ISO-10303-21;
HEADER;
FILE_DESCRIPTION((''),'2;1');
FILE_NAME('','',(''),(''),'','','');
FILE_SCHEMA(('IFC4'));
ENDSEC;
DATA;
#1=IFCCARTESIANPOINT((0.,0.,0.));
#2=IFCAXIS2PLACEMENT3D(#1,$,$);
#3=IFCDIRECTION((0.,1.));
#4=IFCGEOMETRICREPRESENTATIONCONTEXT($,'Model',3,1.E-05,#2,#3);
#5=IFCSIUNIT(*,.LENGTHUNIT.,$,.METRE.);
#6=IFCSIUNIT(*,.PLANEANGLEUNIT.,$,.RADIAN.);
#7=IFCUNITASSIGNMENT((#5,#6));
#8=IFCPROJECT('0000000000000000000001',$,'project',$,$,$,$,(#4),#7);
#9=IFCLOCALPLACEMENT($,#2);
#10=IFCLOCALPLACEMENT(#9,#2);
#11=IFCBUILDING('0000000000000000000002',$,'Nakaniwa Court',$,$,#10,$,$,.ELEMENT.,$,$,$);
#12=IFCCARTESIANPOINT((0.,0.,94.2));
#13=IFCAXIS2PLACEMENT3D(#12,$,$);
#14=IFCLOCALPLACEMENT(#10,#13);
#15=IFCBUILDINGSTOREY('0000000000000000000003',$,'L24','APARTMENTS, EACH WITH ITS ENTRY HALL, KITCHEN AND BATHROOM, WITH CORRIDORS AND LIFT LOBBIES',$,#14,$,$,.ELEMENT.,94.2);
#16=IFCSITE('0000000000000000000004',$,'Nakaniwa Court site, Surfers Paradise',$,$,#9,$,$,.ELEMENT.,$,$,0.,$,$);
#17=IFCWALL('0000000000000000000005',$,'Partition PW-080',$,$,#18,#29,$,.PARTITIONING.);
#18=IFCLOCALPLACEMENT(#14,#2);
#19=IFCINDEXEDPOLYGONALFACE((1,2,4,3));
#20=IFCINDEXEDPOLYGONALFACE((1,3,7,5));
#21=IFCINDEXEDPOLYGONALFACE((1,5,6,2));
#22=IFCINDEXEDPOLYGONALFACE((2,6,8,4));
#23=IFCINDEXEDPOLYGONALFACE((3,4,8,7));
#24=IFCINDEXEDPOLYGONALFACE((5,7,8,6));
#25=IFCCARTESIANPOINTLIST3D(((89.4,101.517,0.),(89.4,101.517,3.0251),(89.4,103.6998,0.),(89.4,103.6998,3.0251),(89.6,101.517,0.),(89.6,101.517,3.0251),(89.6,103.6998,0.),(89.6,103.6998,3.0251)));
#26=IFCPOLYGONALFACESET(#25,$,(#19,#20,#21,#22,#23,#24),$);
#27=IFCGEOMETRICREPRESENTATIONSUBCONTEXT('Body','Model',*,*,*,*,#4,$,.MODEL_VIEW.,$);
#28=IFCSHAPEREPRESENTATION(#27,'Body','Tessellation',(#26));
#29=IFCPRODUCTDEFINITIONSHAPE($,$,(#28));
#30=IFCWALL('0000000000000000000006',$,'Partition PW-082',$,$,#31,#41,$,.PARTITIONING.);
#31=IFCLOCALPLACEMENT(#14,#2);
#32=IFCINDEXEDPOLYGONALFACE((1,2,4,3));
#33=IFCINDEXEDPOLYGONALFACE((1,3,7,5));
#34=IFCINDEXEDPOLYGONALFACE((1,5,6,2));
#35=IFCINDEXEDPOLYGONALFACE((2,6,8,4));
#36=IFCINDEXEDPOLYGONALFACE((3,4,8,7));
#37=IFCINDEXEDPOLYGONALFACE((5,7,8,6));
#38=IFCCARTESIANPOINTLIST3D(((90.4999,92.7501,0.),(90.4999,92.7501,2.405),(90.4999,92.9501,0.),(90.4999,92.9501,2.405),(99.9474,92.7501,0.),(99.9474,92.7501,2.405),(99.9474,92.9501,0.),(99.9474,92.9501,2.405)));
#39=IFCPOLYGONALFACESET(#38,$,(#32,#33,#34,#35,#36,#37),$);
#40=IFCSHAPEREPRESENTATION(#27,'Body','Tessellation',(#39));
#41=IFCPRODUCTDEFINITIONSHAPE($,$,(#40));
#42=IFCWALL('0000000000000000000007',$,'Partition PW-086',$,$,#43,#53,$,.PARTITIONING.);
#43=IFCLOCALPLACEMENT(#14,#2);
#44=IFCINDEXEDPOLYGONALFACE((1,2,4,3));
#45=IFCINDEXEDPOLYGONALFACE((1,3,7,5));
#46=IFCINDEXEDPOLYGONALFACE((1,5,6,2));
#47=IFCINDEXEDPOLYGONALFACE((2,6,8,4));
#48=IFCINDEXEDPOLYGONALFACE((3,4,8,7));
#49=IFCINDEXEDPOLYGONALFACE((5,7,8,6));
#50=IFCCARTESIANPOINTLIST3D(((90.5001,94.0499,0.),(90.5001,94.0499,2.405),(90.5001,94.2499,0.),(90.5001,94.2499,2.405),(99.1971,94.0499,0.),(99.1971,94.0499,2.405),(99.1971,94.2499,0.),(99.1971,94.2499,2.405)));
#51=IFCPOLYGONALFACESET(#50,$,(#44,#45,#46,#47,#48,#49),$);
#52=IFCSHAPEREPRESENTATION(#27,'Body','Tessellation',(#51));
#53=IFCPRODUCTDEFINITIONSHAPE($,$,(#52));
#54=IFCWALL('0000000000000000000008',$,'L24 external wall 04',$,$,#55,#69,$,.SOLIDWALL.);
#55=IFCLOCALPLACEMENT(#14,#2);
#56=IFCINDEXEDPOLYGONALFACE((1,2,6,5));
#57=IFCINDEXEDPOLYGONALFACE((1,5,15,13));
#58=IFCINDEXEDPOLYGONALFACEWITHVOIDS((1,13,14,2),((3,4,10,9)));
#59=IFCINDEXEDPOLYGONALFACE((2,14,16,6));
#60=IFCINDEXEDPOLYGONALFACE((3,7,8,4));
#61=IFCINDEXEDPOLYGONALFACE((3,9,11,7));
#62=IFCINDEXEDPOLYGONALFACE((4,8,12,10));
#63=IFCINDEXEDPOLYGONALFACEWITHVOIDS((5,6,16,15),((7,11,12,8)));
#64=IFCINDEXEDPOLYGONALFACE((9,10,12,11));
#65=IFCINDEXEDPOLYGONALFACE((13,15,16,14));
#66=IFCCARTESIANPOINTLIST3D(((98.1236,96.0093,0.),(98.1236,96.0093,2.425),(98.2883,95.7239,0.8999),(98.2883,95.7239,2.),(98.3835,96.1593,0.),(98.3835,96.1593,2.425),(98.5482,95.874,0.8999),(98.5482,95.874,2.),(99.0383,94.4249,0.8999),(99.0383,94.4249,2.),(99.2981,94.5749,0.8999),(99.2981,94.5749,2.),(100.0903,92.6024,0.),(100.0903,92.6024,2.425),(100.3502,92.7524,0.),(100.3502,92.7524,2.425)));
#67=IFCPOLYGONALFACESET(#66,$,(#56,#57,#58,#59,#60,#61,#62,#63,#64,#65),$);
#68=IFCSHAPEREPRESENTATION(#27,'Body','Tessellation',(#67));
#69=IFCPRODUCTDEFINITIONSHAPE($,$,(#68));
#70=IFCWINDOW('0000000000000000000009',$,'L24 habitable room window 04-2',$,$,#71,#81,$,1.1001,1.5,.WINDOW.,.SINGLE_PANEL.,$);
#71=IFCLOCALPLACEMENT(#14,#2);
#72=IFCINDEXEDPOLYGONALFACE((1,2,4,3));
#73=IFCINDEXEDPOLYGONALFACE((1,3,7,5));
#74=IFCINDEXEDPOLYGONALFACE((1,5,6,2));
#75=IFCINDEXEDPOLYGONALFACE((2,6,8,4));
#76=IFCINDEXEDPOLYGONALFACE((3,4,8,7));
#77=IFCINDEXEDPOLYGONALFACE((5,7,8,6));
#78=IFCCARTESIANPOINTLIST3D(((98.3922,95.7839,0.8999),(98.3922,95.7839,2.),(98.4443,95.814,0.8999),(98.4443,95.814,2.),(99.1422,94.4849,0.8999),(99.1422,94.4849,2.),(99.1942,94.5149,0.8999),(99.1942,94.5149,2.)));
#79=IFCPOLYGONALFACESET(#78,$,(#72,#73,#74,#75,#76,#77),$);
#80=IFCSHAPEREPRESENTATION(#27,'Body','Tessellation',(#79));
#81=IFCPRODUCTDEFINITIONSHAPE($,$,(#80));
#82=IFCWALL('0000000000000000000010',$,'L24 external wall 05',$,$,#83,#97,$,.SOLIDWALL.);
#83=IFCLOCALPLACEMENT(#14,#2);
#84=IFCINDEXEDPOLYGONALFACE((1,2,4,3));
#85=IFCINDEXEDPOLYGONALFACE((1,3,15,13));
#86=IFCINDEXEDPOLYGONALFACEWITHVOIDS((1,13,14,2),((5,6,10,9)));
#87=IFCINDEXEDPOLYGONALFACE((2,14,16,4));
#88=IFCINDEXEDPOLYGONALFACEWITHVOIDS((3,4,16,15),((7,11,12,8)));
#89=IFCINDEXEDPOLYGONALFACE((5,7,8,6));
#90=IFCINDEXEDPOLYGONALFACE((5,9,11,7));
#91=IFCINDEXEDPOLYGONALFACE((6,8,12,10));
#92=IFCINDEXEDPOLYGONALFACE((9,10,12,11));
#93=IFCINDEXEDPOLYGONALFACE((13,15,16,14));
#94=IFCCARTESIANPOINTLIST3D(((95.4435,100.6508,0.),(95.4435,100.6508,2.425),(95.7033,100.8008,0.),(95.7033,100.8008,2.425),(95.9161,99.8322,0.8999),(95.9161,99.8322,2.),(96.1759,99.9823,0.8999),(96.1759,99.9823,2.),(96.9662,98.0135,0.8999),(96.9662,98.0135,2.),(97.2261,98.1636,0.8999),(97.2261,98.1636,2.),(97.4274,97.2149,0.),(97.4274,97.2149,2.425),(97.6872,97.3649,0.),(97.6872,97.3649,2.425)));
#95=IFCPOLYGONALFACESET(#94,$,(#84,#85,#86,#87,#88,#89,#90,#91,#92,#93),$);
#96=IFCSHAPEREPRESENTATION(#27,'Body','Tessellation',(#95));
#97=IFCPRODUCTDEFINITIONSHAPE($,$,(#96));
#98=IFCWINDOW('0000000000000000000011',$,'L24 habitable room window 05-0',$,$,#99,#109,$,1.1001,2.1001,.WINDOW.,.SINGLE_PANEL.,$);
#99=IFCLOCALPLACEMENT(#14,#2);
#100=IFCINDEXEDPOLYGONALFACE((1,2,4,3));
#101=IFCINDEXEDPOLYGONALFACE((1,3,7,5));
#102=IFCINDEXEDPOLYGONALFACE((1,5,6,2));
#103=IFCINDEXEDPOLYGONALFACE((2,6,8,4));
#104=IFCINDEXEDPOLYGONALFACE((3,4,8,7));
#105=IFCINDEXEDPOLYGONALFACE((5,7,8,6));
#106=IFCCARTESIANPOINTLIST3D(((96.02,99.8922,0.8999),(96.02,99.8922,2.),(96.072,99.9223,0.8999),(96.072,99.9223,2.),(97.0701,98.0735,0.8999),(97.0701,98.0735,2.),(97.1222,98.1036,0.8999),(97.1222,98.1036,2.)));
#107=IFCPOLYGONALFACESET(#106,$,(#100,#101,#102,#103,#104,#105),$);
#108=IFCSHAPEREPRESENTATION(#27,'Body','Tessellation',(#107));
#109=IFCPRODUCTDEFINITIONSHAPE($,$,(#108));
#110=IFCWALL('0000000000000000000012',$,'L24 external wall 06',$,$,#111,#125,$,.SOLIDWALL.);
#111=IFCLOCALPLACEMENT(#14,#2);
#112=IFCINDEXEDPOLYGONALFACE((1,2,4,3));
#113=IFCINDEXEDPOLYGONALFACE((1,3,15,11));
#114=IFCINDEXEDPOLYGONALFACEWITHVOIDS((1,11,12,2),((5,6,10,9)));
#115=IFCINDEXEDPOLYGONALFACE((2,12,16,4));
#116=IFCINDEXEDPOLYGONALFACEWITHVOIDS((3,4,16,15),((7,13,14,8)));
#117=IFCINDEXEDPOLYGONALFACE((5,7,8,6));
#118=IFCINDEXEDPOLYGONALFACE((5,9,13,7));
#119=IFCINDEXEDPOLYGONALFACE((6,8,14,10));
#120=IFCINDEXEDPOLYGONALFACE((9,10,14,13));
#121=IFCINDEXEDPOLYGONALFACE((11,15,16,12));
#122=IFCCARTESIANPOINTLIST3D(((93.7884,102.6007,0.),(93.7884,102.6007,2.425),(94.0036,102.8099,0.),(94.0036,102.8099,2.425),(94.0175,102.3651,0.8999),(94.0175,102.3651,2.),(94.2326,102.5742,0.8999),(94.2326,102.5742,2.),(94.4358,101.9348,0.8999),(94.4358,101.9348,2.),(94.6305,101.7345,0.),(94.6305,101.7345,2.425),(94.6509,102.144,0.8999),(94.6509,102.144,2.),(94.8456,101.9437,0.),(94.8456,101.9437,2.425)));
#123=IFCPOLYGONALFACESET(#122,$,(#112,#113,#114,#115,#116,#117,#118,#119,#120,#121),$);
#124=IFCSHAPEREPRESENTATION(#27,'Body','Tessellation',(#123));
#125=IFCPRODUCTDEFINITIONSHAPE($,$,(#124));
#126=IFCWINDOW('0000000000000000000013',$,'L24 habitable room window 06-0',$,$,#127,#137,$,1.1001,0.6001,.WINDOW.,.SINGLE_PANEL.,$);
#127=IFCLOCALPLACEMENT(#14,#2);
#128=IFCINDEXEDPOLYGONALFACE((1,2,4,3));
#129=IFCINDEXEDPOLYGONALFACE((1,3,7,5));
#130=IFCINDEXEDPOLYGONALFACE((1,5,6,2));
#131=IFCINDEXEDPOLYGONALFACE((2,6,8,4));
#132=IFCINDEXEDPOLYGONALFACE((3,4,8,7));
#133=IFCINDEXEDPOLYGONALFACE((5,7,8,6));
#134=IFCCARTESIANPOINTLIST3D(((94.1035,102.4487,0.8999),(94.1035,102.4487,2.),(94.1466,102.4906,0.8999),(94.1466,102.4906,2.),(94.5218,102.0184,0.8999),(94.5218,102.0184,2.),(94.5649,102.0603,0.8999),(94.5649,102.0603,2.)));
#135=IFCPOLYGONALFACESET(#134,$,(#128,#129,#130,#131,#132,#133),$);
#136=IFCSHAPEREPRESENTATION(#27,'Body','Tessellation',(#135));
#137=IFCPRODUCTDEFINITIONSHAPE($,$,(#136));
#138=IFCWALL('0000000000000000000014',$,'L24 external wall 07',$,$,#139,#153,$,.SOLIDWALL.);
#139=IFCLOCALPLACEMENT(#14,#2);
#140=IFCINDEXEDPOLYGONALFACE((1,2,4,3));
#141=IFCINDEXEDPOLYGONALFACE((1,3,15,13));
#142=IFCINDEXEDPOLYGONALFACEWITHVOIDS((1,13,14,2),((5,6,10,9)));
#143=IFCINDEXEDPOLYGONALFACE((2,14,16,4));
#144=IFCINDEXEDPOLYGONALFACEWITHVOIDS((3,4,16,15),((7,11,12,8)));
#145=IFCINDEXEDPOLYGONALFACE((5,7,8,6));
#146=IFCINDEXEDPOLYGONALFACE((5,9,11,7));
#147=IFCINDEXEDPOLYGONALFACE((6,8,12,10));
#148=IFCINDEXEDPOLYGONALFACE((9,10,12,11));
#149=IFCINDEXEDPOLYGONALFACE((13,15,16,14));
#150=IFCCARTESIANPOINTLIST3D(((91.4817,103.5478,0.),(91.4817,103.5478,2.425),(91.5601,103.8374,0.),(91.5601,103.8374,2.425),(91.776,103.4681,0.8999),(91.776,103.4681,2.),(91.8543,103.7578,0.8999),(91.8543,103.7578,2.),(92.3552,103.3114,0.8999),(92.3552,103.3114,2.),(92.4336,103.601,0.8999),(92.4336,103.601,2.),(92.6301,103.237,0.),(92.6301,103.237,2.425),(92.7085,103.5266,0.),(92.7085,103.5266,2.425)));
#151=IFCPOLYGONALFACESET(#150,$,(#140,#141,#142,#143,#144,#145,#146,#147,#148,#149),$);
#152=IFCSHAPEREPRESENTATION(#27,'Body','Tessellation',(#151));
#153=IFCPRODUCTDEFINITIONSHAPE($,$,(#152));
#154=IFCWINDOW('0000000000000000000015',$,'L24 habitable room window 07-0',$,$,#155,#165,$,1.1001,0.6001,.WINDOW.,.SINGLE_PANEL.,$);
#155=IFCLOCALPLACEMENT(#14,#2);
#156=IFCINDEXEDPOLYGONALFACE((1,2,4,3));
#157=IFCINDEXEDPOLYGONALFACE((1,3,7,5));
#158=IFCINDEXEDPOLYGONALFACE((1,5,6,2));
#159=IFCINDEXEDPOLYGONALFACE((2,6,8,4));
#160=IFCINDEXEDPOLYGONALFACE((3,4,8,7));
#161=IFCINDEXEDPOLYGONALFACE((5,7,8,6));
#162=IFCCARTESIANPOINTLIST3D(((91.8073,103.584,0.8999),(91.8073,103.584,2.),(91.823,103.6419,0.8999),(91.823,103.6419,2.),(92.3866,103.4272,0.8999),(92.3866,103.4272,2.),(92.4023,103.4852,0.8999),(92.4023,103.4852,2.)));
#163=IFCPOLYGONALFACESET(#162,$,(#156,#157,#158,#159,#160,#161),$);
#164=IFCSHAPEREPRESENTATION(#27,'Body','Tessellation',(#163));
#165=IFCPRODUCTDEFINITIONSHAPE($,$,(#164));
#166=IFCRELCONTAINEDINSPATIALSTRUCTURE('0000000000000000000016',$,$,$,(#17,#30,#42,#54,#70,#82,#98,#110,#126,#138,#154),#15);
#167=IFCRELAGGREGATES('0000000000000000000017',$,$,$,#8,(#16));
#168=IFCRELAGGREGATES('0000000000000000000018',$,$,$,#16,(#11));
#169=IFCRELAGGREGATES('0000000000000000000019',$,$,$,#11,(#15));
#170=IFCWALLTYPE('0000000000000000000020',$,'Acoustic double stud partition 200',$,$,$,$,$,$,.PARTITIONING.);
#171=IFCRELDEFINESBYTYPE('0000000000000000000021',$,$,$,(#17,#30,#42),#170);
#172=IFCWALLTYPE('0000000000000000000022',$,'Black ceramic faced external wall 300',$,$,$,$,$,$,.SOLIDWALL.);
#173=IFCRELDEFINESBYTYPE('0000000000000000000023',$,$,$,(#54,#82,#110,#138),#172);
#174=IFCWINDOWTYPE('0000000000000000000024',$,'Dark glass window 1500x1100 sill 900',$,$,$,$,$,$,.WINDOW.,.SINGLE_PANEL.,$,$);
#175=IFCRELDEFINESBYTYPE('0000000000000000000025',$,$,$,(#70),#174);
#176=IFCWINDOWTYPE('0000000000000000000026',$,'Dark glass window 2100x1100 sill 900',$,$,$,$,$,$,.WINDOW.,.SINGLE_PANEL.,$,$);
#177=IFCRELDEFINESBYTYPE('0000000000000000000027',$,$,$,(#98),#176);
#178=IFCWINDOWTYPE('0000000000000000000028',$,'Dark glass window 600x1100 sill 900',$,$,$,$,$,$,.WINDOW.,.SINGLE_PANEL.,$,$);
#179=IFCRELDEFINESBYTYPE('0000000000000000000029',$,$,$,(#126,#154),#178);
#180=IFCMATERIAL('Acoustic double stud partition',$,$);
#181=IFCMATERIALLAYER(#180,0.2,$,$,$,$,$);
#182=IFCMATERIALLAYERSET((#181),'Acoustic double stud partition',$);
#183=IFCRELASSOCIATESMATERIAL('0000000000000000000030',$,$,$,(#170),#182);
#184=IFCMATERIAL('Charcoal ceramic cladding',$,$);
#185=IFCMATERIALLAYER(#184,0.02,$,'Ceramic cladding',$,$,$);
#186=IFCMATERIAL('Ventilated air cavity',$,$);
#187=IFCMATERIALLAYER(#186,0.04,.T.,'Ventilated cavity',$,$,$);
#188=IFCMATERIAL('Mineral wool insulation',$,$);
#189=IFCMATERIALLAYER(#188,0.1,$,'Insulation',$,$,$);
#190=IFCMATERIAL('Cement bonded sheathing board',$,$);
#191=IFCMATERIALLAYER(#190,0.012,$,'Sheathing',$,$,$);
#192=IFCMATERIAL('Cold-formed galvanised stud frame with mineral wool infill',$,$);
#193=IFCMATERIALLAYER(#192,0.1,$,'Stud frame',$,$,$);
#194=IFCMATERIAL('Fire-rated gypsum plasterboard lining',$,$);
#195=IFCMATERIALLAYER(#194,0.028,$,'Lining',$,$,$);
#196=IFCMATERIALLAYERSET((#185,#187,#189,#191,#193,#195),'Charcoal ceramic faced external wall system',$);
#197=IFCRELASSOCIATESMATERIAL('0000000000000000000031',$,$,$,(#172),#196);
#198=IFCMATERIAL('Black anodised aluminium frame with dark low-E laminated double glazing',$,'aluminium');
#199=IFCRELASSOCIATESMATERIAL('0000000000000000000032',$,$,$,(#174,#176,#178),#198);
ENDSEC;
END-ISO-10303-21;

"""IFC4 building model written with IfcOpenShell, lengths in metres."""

from ifc_helpers import new_model, si_unit, direction, frame, frame_2d, origin, place, context, subcontext, project, spatial, rectangle, extrude, material, layer, layer_set, type_object, element, fill, save


model = new_model("IFC4")

# Units and contexts
model_context = context("Model", 3, precision=1e-05, world=origin(), true_north=direction((0.0, 1.0)))
body_context = subcontext(model_context, "Body", "Model", "MODEL_VIEW")
ifc_project = project(units=[si_unit("LENGTHUNIT", "METRE"), si_unit("PLANEANGLEUNIT", "RADIAN")], contexts=[model_context])

# Site, building, storey
site_placement = place(None, origin())
site = spatial("IfcSite", under=ifc_project, at=site_placement, Name="Nakaniwa Court site, Surfers Paradise", CompositionType="ELEMENT", RefElevation=0.0)
building_placement = place(site_placement, origin())
building = spatial("IfcBuilding", under=site, at=building_placement, Name="Nakaniwa Court", CompositionType="ELEMENT")
storey_placement = place(building_placement, frame((0.0, 0.0, 94.2)))
storey = spatial("IfcBuildingStorey", under=building, at=storey_placement, Name="L24", Description="APARTMENTS, EACH WITH ITS ENTRY HALL, KITCHEN AND BATHROOM, WITH CORRIDORS AND LIFT LOBBIES", CompositionType="ELEMENT", Elevation=94.2)

# Shared definitions
ifc_material_1 = material(Name="Acoustic double stud partition")
ifc_layer_1 = layer(ifc_material_1, 0.2)
ifc_layer_set_1 = layer_set([ifc_layer_1], Name="Acoustic double stud partition")
wall_type_1 = type_object("IfcWallType", Name="Acoustic double stud partition 200", PredefinedType="PARTITIONING", material=ifc_layer_set_1)

# Walls
wall_1_placement = place(storey_placement, frame((89.5, 101.5171, 0.0), z_axis=(0.0, 0.0, 1.0), x_axis=(0.0, 1.0, 0.0)))
element("IfcWall", 1, at=wall_1_placement, inside=storey, type_object=wall_type_1, Name="Partition PW-080", PredefinedType="PARTITIONING", context=body_context, shape_type="SweptSolid", body=[
    extrude(rectangle(XDim=2.1829, YDim=0.2, at=frame_2d((1.0913, 0.0))), origin(), (0.0, 0.0, 1.0), 3.0251),
])
wall_2_placement = place(storey_placement, frame((90.5, 92.8501, 0.0), z_axis=(0.0, 0.0, 1.0), x_axis=(1.0, 0.0, 0.0)))
element("IfcWall", 2, at=wall_2_placement, inside=storey, type_object=wall_type_1, Name="Partition PW-082", PredefinedType="PARTITIONING", context=body_context, shape_type="SweptSolid", body=[
    extrude(rectangle(XDim=9.4475, YDim=0.2, at=frame_2d((4.7236, 0.0))), origin(), (0.0, 0.0, 1.0), 2.405),
])
wall_3_placement = place(storey_placement, frame((90.5, 94.1499, 0.0), z_axis=(0.0, 0.0, 1.0), x_axis=(1.0, 0.0, 0.0)))
element("IfcWall", 3, at=wall_3_placement, inside=storey, type_object=wall_type_1, Name="Partition PW-086", PredefinedType="PARTITIONING", context=body_context, shape_type="SweptSolid", body=[
    extrude(rectangle(XDim=8.697, YDim=0.2, at=frame_2d((4.3486, 0.0))), origin(), (0.0, 0.0, 1.0), 2.405),
])

# Walls, openings, windows
ifc_material_2 = material(Name="Charcoal ceramic cladding")
ifc_layer_2 = layer(ifc_material_2, 0.02, Name="Ceramic cladding")
ifc_material_3 = material(Name="Ventilated air cavity")
ifc_layer_3 = layer(ifc_material_3, 0.04, ventilated=True, Name="Ventilated cavity")
ifc_material_4 = material(Name="Mineral wool insulation")
ifc_layer_4 = layer(ifc_material_4, 0.1, Name="Insulation")
ifc_material_5 = material(Name="Cement bonded sheathing board")
ifc_layer_5 = layer(ifc_material_5, 0.012, Name="Sheathing")
ifc_material_6 = material(Name="Cold-formed galvanised stud frame with mineral wool infill")
ifc_layer_6 = layer(ifc_material_6, 0.1, Name="Stud frame")
ifc_material_7 = material(Name="Fire-rated gypsum plasterboard lining")
ifc_layer_7 = layer(ifc_material_7, 0.028, Name="Lining")
ifc_layer_set_2 = layer_set([ifc_layer_2, ifc_layer_3, ifc_layer_4, ifc_layer_5, ifc_layer_6, ifc_layer_7], Name="Charcoal ceramic faced external wall system")
wall_type_2 = type_object("IfcWallType", Name="Black ceramic faced external wall 300", PredefinedType="SOLIDWALL", material=ifc_layer_set_2)
wall_4_placement = place(storey_placement, frame((100.2202, 92.6775, 0.0), z_axis=(0.0, 0.0, 1.0), x_axis=(-0.499957, 0.86605, 0.0)))
wall_4 = element("IfcWall", 4, at=wall_4_placement, inside=storey, type_object=wall_type_2, Name="L24 external wall 04", PredefinedType="SOLIDWALL", context=body_context, shape_type="SweptSolid", body=[
    extrude(rectangle(XDim=3.9338, YDim=0.3, at=frame_2d((1.9668, 0.0))), origin(), (0.0, 0.0, 1.0), 2.425),
])
opening_1_placement = place(wall_4_placement, frame((2.1042, 0.0, 0.8999)))
opening_1 = element("IfcOpeningElement", 5, at=opening_1_placement, cuts=wall_4, PredefinedType="OPENING", context=body_context, shape_type="SweptSolid", body=[
    extrude(rectangle(XDim=1.5, YDim=1.1001, at=frame_2d((0.75, 0.55))), frame((0.0, 0.1599, 0.0), z_axis=(0.0, -1.0, 0.0), x_axis=(1.0, 0.0, 0.0)), (0.0, 0.0, 1.0), 0.3201),
])
ifc_material_8 = material(Name="Black anodised aluminium frame with dark low-E laminated double glazing", Category="aluminium")
window_type_1 = type_object("IfcWindowType", Name="Dark glass window 1500x1100 sill 900", PartitioningType="SINGLE_PANEL", PredefinedType="WINDOW", material=ifc_material_8)
window_1_placement = place(opening_1_placement, origin())
window_1 = element("IfcWindow", 6, at=window_1_placement, inside=storey, type_object=window_type_1, Name="L24 habitable room window 04-2", OverallHeight=1.1001, OverallWidth=1.5, PartitioningType="SINGLE_PANEL", PredefinedType="WINDOW", context=body_context, shape_type="SweptSolid", body=[
    extrude(rectangle(XDim=1.5, YDim=1.1001, at=frame_2d((0.75, 0.55))), frame((0.0, 0.03, 0.0), z_axis=(0.0, -1.0, 0.0), x_axis=(1.0, 0.0, 0.0)), (0.0, 0.0, 1.0), 0.0601),
])
fill(opening_1, window_1)
wall_5_placement = place(storey_placement, frame((97.5574, 97.2898, 0.0), z_axis=(0.0, 0.0, 1.0), x_axis=(-0.500044, 0.866, 0.0)))
wall_5 = element("IfcWall", 7, at=wall_5_placement, inside=storey, type_object=wall_type_2, Name="L24 external wall 05", PredefinedType="SOLIDWALL", context=body_context, shape_type="SweptSolid", body=[
    extrude(rectangle(XDim=3.9675, YDim=0.3, at=frame_2d((1.9839, 0.0))), origin(), (0.0, 0.0, 1.0), 2.425),
])
opening_2_placement = place(wall_5_placement, frame((0.9224, 0.0, 0.8999)))
opening_2 = element("IfcOpeningElement", 8, at=opening_2_placement, cuts=wall_5, PredefinedType="OPENING", context=body_context, shape_type="SweptSolid", body=[
    extrude(rectangle(XDim=2.1001, YDim=1.1001, at=frame_2d((1.05, 0.55))), frame((0.0, 0.1599, 0.0), z_axis=(0.0, -1.0, 0.0), x_axis=(1.0, 0.0, 0.0)), (0.0, 0.0, 1.0), 0.3201),
])
window_type_2 = type_object("IfcWindowType", Name="Dark glass window 2100x1100 sill 900", PartitioningType="SINGLE_PANEL", PredefinedType="WINDOW", material=ifc_material_8)
window_2_placement = place(opening_2_placement, origin())
window_2 = element("IfcWindow", 9, at=window_2_placement, inside=storey, type_object=window_type_2, Name="L24 habitable room window 05-0", OverallHeight=1.1001, OverallWidth=2.1001, PartitioningType="SINGLE_PANEL", PredefinedType="WINDOW", context=body_context, shape_type="SweptSolid", body=[
    extrude(rectangle(XDim=2.1001, YDim=1.1001, at=frame_2d((1.05, 0.55))), frame((0.0, 0.03, 0.0), z_axis=(0.0, -1.0, 0.0), x_axis=(1.0, 0.0, 0.0)), (0.0, 0.0, 1.0), 0.0601),
])
fill(opening_2, window_2)
wall_6_placement = place(storey_placement, frame((94.738, 101.8391, 0.0), z_axis=(0.0, 0.0, 1.0), x_axis=(-0.697032, 0.71704, 0.0)))
wall_6 = element("IfcWall", 10, at=wall_6_placement, inside=storey, type_object=wall_type_2, Name="L24 external wall 06", PredefinedType="SOLIDWALL", context=body_context, shape_type="SweptSolid", body=[
    extrude(rectangle(XDim=1.208, YDim=0.3, at=frame_2d((0.604, 0.0))), origin(), (0.0, 0.0, 1.0), 2.425),
])
opening_3_placement = place(wall_6_placement, frame((0.2793, 0.0, 0.8999)))
opening_3 = element("IfcOpeningElement", 11, at=opening_3_placement, cuts=wall_6, PredefinedType="OPENING", context=body_context, shape_type="SweptSolid", body=[
    extrude(rectangle(XDim=0.6001, YDim=1.1001, at=frame_2d((0.3, 0.55))), frame((0.0, 0.1599, 0.0), z_axis=(0.0, -1.0, 0.0), x_axis=(1.0, 0.0, 0.0)), (0.0, 0.0, 1.0), 0.3201),
])
window_type_3 = type_object("IfcWindowType", Name="Dark glass window 600x1100 sill 900", PartitioningType="SINGLE_PANEL", PredefinedType="WINDOW", material=ifc_material_8)
window_3_placement = place(opening_3_placement, origin())
window_3 = element("IfcWindow", 12, at=window_3_placement, inside=storey, type_object=window_type_3, Name="L24 habitable room window 06-0", OverallHeight=1.1001, OverallWidth=0.6001, PartitioningType="SINGLE_PANEL", PredefinedType="WINDOW", context=body_context, shape_type="SweptSolid", body=[
    extrude(rectangle(XDim=0.6001, YDim=1.1001, at=frame_2d((0.3, 0.55))), frame((0.0, 0.03, 0.0), z_axis=(0.0, -1.0, 0.0), x_axis=(1.0, 0.0, 0.0)), (0.0, 0.0, 1.0), 0.0601),
])
fill(opening_3, window_3)
wall_7_placement = place(storey_placement, frame((92.6692, 103.3818, 0.0), z_axis=(0.0, 0.0, 1.0), x_axis=(-0.965278, 0.261224, 0.0)))
wall_7 = element("IfcWall", 13, at=wall_7_placement, inside=storey, type_object=wall_type_2, Name="L24 external wall 07", PredefinedType="SOLIDWALL", context=body_context, shape_type="SweptSolid", body=[
    extrude(rectangle(XDim=1.1897, YDim=0.3, at=frame_2d((0.5947, 0.0))), origin(), (0.0, 0.0, 1.0), 2.425),
])
opening_4_placement = place(wall_7_placement, frame((0.2847, 0.0, 0.8999)))
opening_4 = element("IfcOpeningElement", 14, at=opening_4_placement, cuts=wall_7, PredefinedType="OPENING", context=body_context, shape_type="SweptSolid", body=[
    extrude(rectangle(XDim=0.6001, YDim=1.1001, at=frame_2d((0.3, 0.55))), frame((0.0, 0.1599, 0.0), z_axis=(0.0, -1.0, 0.0), x_axis=(1.0, 0.0, 0.0)), (0.0, 0.0, 1.0), 0.3201),
])
window_4_placement = place(opening_4_placement, origin())
window_4 = element("IfcWindow", 15, at=window_4_placement, inside=storey, type_object=window_type_3, Name="L24 habitable room window 07-0", OverallHeight=1.1001, OverallWidth=0.6001, PartitioningType="SINGLE_PANEL", PredefinedType="WINDOW", context=body_context, shape_type="SweptSolid", body=[
    extrude(rectangle(XDim=0.6001, YDim=1.1001, at=frame_2d((0.3, 0.55))), frame((0.0, 0.03, 0.0), z_axis=(0.0, -1.0, 0.0), x_axis=(1.0, 0.0, 0.0)), (0.0, 0.0, 1.0), 0.0601),
])
fill(opening_4, window_4)

save(model, "model.ifc")
